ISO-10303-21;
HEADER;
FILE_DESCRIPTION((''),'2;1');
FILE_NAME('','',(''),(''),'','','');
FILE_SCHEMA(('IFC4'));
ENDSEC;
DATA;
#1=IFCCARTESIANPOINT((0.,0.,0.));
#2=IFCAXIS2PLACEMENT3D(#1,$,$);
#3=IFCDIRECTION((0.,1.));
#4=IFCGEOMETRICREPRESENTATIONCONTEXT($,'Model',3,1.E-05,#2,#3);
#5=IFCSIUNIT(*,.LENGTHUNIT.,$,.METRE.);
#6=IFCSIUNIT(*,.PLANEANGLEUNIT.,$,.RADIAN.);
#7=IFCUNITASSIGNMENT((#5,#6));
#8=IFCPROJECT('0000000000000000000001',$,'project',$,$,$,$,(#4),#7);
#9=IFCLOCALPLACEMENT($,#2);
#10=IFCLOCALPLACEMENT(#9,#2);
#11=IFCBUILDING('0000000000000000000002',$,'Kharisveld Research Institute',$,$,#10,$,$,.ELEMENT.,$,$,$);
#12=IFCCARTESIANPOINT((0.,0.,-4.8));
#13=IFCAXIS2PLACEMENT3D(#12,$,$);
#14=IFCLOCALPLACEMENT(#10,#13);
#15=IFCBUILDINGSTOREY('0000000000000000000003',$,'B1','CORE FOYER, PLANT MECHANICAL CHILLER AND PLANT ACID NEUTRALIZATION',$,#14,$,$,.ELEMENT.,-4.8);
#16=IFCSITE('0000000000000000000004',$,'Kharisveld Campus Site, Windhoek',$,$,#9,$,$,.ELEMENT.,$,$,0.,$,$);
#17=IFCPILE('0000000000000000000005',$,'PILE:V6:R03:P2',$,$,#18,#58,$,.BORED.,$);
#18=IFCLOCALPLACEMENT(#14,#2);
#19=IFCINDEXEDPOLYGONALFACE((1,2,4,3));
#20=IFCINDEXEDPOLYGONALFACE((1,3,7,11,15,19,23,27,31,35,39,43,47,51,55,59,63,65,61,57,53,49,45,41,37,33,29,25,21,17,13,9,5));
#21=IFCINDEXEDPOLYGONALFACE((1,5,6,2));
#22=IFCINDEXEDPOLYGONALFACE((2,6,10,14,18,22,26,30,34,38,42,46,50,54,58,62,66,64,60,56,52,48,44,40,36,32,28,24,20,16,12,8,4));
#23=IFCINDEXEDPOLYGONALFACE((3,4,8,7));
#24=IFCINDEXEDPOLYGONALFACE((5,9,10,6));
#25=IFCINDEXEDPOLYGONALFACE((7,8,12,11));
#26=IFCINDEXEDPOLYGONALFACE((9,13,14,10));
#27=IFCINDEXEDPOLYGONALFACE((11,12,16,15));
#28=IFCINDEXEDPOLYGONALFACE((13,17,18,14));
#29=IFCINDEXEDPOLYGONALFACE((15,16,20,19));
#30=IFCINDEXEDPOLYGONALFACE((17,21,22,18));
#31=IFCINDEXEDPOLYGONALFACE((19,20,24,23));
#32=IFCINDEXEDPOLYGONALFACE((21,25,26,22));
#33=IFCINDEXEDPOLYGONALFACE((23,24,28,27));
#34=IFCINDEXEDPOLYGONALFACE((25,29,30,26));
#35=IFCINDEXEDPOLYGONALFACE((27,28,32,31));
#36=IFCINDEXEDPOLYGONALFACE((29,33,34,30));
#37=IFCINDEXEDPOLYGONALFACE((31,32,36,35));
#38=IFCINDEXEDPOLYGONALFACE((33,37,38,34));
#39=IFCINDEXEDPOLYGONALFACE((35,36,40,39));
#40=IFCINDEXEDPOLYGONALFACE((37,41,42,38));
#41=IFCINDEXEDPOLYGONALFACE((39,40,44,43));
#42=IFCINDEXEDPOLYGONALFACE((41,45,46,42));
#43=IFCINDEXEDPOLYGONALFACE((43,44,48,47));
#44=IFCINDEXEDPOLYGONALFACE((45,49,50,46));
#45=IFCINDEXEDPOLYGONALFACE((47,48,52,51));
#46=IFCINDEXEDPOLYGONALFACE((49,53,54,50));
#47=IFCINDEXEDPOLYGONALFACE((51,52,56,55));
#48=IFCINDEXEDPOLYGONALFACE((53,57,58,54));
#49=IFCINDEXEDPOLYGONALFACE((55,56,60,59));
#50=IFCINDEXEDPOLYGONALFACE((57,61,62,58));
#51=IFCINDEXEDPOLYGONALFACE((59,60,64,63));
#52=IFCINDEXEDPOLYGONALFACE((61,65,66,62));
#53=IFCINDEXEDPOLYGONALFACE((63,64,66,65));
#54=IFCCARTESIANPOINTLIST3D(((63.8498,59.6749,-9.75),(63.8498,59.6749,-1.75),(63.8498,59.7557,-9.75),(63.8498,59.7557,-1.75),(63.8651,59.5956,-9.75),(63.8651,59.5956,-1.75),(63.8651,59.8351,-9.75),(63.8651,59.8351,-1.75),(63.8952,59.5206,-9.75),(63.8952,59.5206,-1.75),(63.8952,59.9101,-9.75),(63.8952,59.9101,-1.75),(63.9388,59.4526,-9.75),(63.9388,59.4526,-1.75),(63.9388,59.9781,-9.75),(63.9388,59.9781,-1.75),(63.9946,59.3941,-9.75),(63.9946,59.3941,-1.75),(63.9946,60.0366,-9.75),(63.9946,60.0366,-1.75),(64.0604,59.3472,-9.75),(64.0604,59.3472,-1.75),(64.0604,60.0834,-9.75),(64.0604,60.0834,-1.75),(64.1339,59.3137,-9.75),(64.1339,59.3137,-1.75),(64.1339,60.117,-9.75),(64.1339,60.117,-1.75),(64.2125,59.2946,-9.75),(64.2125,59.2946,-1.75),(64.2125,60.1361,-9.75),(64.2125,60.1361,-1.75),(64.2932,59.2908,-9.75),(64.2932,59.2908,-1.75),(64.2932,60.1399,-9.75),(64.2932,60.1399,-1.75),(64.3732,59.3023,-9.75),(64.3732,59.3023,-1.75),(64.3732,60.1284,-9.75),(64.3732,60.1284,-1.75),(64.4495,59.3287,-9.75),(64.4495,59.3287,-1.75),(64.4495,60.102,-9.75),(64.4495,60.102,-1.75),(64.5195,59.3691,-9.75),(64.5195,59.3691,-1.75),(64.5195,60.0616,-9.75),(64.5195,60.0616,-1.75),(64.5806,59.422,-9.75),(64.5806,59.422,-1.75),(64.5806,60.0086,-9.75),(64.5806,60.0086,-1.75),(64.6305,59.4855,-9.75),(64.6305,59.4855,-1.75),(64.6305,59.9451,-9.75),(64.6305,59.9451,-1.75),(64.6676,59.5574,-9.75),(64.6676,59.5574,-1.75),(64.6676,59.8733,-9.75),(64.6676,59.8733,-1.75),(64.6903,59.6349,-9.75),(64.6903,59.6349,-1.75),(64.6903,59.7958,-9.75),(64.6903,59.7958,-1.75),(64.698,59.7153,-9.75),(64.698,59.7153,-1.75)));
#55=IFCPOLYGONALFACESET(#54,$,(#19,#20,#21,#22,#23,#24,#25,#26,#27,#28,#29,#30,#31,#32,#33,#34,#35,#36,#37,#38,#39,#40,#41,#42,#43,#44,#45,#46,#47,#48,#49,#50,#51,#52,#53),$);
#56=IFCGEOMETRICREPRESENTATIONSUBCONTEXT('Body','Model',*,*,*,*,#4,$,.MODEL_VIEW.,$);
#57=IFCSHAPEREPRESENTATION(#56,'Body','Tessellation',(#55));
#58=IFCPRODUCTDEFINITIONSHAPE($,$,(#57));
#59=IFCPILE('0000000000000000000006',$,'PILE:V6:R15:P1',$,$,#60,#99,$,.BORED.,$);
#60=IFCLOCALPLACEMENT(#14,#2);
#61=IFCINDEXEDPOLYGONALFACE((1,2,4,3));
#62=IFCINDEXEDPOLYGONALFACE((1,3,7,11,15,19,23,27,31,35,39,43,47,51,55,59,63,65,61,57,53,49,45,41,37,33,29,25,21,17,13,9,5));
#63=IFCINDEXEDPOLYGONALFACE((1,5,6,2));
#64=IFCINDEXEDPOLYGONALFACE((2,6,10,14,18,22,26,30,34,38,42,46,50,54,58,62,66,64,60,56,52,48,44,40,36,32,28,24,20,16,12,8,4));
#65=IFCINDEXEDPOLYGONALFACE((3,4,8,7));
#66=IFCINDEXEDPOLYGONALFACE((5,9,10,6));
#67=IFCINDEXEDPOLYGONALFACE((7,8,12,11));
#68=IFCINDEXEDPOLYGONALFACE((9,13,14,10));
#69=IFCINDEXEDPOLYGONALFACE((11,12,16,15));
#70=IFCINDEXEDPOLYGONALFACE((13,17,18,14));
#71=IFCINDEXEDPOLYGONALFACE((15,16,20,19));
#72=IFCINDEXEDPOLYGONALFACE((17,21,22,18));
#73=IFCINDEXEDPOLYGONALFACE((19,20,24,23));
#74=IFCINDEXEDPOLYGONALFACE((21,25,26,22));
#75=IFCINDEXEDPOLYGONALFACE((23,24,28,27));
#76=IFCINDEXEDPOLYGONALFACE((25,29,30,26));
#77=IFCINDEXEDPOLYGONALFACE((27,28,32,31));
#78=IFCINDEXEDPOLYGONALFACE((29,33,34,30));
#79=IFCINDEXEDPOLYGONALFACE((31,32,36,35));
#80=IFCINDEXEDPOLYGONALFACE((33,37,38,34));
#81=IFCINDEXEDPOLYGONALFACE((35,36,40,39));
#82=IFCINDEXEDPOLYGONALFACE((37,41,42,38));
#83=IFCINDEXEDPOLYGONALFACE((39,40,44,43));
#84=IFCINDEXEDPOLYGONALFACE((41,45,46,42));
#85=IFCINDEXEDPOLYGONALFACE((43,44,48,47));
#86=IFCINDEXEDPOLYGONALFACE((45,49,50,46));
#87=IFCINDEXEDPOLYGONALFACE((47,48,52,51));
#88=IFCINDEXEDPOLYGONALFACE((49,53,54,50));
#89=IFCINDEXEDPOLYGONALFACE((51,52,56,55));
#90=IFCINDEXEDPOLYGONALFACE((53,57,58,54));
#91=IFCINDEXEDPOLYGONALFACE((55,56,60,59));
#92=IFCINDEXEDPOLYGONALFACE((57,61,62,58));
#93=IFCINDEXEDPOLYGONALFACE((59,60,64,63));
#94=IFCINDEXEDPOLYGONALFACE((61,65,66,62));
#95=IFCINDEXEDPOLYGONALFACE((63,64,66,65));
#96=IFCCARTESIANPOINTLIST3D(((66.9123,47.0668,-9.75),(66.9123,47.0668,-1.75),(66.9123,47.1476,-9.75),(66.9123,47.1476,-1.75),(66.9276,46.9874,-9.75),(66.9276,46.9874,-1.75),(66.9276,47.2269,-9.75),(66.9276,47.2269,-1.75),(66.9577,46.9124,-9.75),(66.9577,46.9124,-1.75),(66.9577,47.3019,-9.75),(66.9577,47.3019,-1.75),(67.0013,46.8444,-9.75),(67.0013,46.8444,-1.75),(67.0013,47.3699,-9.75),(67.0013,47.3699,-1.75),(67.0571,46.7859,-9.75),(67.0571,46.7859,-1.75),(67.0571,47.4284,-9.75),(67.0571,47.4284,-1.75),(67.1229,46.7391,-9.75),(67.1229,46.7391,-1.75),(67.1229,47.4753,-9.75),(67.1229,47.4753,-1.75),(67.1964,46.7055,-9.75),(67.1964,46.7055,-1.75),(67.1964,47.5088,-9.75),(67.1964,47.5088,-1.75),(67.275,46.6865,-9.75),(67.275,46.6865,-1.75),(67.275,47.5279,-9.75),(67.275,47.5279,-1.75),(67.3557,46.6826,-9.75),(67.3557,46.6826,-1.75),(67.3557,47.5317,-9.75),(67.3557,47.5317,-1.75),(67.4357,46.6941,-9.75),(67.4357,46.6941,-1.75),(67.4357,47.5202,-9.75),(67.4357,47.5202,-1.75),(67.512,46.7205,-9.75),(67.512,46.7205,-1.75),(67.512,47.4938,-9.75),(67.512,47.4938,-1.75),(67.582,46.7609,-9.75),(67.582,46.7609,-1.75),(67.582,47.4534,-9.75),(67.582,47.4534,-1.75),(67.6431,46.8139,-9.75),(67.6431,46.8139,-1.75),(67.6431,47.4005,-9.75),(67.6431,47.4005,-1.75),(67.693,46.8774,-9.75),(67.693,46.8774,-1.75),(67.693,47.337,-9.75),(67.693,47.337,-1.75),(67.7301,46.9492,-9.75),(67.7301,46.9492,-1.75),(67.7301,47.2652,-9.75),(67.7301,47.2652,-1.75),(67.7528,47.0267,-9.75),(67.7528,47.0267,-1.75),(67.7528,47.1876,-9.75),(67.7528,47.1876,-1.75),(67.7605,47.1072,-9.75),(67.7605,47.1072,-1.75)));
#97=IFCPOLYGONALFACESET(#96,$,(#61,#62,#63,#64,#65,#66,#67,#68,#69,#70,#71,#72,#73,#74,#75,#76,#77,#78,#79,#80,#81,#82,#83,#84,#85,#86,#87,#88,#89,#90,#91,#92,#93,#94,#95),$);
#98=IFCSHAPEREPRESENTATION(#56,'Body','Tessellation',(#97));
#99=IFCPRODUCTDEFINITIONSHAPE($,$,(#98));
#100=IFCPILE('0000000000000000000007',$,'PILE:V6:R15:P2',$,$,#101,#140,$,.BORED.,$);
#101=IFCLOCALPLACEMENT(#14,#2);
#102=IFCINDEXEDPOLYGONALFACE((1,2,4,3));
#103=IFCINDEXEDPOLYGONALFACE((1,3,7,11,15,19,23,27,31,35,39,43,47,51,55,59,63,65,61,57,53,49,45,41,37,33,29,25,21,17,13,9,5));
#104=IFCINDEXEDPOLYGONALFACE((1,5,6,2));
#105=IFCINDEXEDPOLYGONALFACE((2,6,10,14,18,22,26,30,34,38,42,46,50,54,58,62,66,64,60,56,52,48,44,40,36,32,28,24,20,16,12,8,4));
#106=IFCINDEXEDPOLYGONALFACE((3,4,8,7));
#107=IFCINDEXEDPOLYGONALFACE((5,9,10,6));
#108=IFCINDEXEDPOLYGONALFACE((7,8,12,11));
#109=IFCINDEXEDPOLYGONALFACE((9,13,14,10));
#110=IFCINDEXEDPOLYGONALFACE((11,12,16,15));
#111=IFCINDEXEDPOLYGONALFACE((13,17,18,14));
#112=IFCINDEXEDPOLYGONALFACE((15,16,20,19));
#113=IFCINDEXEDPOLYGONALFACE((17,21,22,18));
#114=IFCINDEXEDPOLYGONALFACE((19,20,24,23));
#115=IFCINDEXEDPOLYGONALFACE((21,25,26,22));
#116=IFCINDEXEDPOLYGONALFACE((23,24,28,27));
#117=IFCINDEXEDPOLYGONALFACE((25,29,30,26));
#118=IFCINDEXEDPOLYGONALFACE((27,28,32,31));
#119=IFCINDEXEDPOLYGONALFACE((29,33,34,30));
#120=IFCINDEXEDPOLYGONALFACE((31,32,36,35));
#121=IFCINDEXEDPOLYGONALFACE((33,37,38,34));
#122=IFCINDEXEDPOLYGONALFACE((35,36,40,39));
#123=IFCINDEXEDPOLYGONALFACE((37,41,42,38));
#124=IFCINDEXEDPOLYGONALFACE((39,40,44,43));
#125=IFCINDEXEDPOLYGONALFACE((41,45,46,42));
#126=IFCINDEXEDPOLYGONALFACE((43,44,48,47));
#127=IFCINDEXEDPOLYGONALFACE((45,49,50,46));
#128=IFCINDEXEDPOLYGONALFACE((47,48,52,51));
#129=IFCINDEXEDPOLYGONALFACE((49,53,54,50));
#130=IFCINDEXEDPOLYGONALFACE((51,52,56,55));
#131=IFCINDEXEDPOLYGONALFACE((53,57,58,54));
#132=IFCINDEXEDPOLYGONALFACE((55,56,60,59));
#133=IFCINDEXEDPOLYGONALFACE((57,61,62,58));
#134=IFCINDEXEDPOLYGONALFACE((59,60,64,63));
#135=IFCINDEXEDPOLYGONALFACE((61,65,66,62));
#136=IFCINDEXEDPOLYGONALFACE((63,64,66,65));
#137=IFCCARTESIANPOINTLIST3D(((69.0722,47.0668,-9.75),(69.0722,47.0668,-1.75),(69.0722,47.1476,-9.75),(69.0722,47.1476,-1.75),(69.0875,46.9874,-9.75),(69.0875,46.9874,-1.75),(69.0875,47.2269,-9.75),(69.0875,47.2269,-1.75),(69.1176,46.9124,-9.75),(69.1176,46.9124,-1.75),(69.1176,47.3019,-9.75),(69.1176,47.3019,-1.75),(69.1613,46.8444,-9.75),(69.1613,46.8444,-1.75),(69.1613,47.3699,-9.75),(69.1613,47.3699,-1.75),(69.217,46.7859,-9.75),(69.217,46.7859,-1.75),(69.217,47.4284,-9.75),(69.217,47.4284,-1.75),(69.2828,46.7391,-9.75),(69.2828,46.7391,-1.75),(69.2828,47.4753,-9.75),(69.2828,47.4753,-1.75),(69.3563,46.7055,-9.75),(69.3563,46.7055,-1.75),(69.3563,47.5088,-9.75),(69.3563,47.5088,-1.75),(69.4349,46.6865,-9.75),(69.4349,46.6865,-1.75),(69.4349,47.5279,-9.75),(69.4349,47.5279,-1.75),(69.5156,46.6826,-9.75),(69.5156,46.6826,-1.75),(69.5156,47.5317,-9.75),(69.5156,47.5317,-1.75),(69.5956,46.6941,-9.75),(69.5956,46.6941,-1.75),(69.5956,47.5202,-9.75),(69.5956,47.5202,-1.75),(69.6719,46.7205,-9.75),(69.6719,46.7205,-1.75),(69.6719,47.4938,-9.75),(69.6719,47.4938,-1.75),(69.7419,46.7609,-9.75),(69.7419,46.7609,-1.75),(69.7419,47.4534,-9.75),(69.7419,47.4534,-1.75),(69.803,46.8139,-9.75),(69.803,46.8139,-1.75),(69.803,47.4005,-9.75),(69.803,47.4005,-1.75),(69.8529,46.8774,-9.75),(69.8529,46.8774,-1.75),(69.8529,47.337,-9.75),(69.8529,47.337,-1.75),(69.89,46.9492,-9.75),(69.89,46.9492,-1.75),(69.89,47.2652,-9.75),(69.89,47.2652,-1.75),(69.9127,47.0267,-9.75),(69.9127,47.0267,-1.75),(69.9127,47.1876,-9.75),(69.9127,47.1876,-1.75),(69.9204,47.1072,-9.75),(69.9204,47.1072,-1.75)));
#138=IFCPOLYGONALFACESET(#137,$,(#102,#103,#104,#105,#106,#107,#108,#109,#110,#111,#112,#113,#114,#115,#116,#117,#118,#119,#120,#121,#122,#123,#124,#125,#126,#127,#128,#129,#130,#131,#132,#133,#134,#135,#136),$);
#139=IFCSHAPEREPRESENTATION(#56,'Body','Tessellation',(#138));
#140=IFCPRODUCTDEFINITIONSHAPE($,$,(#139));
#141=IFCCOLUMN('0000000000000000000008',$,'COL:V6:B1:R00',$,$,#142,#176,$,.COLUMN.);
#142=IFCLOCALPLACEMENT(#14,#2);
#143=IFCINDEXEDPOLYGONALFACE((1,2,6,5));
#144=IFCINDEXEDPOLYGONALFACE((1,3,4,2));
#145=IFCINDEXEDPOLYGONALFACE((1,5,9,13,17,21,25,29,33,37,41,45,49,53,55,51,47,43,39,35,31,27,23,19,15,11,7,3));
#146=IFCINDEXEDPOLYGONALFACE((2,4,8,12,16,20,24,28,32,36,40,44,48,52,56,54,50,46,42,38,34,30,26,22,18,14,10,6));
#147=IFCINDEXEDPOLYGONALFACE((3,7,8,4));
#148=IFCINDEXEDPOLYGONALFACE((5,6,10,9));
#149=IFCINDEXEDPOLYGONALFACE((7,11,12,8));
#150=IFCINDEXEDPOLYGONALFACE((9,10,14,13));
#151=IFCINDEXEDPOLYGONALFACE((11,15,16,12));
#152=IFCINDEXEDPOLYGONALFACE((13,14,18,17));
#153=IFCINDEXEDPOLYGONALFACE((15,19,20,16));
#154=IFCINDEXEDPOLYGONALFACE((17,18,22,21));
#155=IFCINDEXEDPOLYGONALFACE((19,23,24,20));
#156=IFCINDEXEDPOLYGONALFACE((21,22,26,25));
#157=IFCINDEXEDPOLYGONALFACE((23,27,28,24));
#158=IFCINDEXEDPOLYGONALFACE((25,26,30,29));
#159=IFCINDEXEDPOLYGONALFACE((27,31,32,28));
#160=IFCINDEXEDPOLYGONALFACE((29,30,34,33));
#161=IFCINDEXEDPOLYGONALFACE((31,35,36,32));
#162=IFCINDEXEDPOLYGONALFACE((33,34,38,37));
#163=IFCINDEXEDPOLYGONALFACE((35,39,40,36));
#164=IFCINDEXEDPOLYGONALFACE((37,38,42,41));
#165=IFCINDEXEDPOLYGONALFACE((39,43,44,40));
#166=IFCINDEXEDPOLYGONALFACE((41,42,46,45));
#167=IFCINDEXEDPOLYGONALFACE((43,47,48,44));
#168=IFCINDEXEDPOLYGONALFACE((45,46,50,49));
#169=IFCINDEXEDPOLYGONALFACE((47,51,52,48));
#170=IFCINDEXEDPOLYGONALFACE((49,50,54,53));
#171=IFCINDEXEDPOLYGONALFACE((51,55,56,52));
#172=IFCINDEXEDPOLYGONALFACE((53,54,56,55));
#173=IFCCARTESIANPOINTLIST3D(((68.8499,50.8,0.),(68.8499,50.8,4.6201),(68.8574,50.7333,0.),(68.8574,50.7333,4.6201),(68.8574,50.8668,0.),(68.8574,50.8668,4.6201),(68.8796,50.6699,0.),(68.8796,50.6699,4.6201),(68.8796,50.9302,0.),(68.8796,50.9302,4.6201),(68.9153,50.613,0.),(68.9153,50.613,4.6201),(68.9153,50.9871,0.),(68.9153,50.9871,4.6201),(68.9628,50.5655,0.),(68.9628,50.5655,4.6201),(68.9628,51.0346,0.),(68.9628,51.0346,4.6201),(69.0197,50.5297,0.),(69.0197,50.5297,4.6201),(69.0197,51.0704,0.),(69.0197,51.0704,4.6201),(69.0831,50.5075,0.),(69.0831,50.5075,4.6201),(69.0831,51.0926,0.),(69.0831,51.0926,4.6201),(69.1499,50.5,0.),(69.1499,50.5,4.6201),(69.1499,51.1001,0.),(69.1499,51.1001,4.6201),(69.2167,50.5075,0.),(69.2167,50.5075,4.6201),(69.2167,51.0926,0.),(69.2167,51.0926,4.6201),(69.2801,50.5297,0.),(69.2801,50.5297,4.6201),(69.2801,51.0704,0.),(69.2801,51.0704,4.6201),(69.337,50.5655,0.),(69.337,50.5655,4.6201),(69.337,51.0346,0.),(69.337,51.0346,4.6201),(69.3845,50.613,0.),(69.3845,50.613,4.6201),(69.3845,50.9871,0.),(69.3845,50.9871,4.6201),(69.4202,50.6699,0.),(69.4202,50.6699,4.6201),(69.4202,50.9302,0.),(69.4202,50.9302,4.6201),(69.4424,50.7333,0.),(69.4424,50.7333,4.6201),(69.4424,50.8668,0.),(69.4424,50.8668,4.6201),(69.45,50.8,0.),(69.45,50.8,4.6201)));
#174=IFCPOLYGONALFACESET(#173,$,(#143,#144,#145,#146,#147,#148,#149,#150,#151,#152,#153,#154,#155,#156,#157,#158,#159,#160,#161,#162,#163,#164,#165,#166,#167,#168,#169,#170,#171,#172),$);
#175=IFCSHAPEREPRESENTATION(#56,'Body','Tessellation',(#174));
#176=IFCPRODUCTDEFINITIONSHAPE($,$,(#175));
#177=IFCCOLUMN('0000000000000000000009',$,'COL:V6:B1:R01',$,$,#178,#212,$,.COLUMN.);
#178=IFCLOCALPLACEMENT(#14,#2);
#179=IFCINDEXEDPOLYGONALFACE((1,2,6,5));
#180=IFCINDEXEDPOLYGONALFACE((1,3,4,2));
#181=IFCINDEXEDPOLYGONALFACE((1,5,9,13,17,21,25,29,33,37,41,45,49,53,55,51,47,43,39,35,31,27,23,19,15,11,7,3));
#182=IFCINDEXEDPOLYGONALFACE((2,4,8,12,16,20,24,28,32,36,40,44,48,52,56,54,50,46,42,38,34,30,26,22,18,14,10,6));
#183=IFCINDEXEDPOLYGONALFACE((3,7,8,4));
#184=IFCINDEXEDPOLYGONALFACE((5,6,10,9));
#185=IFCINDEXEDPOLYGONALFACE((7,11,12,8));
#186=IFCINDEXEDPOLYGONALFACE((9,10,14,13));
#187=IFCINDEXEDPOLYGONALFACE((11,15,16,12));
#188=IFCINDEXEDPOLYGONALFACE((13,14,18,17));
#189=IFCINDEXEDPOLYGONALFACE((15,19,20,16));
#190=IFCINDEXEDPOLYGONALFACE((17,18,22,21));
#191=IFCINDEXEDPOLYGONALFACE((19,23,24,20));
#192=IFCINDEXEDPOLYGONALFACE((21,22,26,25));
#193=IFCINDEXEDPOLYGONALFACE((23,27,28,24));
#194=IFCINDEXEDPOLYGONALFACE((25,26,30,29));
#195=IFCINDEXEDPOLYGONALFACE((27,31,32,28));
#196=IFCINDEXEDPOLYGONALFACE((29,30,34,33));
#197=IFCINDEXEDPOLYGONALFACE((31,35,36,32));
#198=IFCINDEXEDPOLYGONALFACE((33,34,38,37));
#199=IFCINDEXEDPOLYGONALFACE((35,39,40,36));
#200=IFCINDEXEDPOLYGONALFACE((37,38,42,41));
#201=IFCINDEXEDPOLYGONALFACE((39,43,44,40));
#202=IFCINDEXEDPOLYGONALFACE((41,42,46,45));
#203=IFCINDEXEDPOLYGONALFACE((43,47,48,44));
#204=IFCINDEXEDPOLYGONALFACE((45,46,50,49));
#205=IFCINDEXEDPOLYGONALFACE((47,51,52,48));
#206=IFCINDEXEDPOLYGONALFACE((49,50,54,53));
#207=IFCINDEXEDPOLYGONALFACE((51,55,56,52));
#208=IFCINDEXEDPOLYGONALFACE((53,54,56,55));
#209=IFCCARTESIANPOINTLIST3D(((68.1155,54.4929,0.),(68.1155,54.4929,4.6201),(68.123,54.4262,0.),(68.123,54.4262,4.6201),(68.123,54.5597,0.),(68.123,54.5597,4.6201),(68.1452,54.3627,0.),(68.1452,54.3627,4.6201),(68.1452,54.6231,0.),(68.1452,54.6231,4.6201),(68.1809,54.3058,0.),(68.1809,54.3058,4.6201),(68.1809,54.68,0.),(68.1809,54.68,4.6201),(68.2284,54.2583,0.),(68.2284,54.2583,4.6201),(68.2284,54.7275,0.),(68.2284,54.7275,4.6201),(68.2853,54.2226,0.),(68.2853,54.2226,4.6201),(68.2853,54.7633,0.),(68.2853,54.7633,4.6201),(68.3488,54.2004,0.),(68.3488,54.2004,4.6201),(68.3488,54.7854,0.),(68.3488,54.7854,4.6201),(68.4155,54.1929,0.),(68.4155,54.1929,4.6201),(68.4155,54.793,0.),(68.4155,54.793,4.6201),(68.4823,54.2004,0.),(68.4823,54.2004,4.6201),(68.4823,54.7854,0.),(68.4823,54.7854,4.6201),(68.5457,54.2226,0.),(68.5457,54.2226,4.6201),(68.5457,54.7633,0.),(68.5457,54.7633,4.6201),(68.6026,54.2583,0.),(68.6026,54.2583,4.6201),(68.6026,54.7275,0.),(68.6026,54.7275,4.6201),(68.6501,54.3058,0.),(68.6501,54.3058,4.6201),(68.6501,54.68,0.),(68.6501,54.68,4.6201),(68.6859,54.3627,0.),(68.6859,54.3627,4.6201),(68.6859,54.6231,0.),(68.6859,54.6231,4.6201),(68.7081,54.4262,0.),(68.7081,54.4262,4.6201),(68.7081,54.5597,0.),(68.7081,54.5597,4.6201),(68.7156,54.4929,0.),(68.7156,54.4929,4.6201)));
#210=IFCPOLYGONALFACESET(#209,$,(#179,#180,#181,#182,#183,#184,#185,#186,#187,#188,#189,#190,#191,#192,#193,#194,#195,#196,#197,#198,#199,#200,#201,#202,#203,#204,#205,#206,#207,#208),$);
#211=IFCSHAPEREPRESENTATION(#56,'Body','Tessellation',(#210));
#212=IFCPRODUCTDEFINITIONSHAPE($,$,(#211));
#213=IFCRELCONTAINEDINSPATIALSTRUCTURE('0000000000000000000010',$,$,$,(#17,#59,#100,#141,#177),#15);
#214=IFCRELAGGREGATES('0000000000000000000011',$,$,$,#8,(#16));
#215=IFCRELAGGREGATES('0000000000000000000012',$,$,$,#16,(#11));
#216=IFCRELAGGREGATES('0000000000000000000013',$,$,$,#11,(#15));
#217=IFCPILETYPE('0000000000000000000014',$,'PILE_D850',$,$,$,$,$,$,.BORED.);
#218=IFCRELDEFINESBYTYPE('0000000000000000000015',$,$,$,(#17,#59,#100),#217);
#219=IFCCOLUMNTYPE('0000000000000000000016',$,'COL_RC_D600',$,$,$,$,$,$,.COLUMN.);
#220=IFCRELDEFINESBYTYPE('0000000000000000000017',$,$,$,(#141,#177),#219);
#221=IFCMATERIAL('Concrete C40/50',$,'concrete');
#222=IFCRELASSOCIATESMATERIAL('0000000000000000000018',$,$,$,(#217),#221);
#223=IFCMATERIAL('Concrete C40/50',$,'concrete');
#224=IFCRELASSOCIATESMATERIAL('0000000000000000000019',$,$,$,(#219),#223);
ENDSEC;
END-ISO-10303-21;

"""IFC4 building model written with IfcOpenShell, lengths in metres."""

from ifc_helpers import new_model, si_unit, direction, frame, origin, origin_2d, place, context, subcontext, project, spatial, circle, extrude, material, material_profile, profile_set, type_object, element, save


model = new_model("IFC4")

# Units and contexts
model_context = context("Model", 3, precision=1e-05, world=origin(), true_north=direction((0.0, 1.0)))
body_context = subcontext(model_context, "Body", "Model", "MODEL_VIEW")
ifc_project = project(units=[si_unit("LENGTHUNIT", "METRE"), si_unit("PLANEANGLEUNIT", "RADIAN")], contexts=[model_context])

# Site, building, storey
site_placement = place(None, origin())
site = spatial("IfcSite", under=ifc_project, at=site_placement, Name="Kharisveld Campus Site, Windhoek", CompositionType="ELEMENT", RefElevation=0.0)
building_placement = place(site_placement, origin())
building = spatial("IfcBuilding", under=site, at=building_placement, Name="Kharisveld Research Institute", CompositionType="ELEMENT")
storey_placement = place(building_placement, frame((0.0, 0.0, -4.8)))
storey = spatial("IfcBuildingStorey", under=building, at=storey_placement, Name="B1", Description="CORE FOYER, PLANT MECHANICAL CHILLER AND PLANT ACID NEUTRALIZATION", CompositionType="ELEMENT", Elevation=-4.8)

# Piles
ifc_material_1 = material(Name="Concrete C40/50", Category="concrete")
ifc_material_profile_1 = material_profile(ifc_material_1, circle(Radius=0.425, at=origin_2d()))
ifc_profile_set_1 = profile_set([ifc_material_profile_1], Name="Concrete C40/50")
pile_type_1 = type_object("IfcPileType", Name="PILE_D850", PredefinedType="BORED", material=ifc_profile_set_1)
for number, where, z_axis, x_axis, name in (
    (1, (64.2729, 59.7153, -1.75), (0.0, 0.0, -1.0), (1.0, 0.0, 0.0), "PILE:V6:R03:P2"),
    (2, (67.3354, 47.1072, -1.75), (0.0, 0.0, -1.0), (1.0, 0.0, 0.0), "PILE:V6:R15:P1"),
    (3, (69.4954, 47.1072, -1.75), (0.0, 0.0, -1.0), (1.0, 0.0, 0.0), "PILE:V6:R15:P2"),
):
    element("IfcPile", number, at=place(storey_placement, frame(where, z_axis=z_axis, x_axis=x_axis)), inside=storey, type_object=pile_type_1, Name=name, PredefinedType="BORED", context=body_context, shape_type="SweptSolid", body=[
        extrude(circle(Radius=0.425, at=origin_2d()), origin(), (0.0, 0.0, 1.0), 8.0),
    ])

# Columns
ifc_material_2 = material(Name="Concrete C40/50", Category="concrete")
ifc_material_profile_2 = material_profile(ifc_material_2, circle(Radius=0.3, at=origin_2d()))
ifc_profile_set_2 = profile_set([ifc_material_profile_2], Name="Concrete C40/50")
column_type = type_object("IfcColumnType", Name="COL_RC_D600", PredefinedType="COLUMN", material=ifc_profile_set_2)
for number, where, z_axis, x_axis, name in (
    (4, (69.1499, 50.8, 0.0), (0.0, 0.0, 1.0), (1.0, 0.0, 0.0), "COL:V6:B1:R00"),
    (5, (68.4155, 54.4929, 0.0), (0.0, 0.0, 1.0), (1.0, 0.0, 0.0), "COL:V6:B1:R01"),
):
    element("IfcColumn", number, at=place(storey_placement, frame(where, z_axis=z_axis, x_axis=x_axis)), inside=storey, type_object=column_type, Name=name, PredefinedType="COLUMN", context=body_context, shape_type="SweptSolid", body=[
        extrude(circle(Radius=0.3, at=origin_2d()), origin(), (0.0, 0.0, 1.0), 4.6201),
    ])

save(model, "model.ifc")
